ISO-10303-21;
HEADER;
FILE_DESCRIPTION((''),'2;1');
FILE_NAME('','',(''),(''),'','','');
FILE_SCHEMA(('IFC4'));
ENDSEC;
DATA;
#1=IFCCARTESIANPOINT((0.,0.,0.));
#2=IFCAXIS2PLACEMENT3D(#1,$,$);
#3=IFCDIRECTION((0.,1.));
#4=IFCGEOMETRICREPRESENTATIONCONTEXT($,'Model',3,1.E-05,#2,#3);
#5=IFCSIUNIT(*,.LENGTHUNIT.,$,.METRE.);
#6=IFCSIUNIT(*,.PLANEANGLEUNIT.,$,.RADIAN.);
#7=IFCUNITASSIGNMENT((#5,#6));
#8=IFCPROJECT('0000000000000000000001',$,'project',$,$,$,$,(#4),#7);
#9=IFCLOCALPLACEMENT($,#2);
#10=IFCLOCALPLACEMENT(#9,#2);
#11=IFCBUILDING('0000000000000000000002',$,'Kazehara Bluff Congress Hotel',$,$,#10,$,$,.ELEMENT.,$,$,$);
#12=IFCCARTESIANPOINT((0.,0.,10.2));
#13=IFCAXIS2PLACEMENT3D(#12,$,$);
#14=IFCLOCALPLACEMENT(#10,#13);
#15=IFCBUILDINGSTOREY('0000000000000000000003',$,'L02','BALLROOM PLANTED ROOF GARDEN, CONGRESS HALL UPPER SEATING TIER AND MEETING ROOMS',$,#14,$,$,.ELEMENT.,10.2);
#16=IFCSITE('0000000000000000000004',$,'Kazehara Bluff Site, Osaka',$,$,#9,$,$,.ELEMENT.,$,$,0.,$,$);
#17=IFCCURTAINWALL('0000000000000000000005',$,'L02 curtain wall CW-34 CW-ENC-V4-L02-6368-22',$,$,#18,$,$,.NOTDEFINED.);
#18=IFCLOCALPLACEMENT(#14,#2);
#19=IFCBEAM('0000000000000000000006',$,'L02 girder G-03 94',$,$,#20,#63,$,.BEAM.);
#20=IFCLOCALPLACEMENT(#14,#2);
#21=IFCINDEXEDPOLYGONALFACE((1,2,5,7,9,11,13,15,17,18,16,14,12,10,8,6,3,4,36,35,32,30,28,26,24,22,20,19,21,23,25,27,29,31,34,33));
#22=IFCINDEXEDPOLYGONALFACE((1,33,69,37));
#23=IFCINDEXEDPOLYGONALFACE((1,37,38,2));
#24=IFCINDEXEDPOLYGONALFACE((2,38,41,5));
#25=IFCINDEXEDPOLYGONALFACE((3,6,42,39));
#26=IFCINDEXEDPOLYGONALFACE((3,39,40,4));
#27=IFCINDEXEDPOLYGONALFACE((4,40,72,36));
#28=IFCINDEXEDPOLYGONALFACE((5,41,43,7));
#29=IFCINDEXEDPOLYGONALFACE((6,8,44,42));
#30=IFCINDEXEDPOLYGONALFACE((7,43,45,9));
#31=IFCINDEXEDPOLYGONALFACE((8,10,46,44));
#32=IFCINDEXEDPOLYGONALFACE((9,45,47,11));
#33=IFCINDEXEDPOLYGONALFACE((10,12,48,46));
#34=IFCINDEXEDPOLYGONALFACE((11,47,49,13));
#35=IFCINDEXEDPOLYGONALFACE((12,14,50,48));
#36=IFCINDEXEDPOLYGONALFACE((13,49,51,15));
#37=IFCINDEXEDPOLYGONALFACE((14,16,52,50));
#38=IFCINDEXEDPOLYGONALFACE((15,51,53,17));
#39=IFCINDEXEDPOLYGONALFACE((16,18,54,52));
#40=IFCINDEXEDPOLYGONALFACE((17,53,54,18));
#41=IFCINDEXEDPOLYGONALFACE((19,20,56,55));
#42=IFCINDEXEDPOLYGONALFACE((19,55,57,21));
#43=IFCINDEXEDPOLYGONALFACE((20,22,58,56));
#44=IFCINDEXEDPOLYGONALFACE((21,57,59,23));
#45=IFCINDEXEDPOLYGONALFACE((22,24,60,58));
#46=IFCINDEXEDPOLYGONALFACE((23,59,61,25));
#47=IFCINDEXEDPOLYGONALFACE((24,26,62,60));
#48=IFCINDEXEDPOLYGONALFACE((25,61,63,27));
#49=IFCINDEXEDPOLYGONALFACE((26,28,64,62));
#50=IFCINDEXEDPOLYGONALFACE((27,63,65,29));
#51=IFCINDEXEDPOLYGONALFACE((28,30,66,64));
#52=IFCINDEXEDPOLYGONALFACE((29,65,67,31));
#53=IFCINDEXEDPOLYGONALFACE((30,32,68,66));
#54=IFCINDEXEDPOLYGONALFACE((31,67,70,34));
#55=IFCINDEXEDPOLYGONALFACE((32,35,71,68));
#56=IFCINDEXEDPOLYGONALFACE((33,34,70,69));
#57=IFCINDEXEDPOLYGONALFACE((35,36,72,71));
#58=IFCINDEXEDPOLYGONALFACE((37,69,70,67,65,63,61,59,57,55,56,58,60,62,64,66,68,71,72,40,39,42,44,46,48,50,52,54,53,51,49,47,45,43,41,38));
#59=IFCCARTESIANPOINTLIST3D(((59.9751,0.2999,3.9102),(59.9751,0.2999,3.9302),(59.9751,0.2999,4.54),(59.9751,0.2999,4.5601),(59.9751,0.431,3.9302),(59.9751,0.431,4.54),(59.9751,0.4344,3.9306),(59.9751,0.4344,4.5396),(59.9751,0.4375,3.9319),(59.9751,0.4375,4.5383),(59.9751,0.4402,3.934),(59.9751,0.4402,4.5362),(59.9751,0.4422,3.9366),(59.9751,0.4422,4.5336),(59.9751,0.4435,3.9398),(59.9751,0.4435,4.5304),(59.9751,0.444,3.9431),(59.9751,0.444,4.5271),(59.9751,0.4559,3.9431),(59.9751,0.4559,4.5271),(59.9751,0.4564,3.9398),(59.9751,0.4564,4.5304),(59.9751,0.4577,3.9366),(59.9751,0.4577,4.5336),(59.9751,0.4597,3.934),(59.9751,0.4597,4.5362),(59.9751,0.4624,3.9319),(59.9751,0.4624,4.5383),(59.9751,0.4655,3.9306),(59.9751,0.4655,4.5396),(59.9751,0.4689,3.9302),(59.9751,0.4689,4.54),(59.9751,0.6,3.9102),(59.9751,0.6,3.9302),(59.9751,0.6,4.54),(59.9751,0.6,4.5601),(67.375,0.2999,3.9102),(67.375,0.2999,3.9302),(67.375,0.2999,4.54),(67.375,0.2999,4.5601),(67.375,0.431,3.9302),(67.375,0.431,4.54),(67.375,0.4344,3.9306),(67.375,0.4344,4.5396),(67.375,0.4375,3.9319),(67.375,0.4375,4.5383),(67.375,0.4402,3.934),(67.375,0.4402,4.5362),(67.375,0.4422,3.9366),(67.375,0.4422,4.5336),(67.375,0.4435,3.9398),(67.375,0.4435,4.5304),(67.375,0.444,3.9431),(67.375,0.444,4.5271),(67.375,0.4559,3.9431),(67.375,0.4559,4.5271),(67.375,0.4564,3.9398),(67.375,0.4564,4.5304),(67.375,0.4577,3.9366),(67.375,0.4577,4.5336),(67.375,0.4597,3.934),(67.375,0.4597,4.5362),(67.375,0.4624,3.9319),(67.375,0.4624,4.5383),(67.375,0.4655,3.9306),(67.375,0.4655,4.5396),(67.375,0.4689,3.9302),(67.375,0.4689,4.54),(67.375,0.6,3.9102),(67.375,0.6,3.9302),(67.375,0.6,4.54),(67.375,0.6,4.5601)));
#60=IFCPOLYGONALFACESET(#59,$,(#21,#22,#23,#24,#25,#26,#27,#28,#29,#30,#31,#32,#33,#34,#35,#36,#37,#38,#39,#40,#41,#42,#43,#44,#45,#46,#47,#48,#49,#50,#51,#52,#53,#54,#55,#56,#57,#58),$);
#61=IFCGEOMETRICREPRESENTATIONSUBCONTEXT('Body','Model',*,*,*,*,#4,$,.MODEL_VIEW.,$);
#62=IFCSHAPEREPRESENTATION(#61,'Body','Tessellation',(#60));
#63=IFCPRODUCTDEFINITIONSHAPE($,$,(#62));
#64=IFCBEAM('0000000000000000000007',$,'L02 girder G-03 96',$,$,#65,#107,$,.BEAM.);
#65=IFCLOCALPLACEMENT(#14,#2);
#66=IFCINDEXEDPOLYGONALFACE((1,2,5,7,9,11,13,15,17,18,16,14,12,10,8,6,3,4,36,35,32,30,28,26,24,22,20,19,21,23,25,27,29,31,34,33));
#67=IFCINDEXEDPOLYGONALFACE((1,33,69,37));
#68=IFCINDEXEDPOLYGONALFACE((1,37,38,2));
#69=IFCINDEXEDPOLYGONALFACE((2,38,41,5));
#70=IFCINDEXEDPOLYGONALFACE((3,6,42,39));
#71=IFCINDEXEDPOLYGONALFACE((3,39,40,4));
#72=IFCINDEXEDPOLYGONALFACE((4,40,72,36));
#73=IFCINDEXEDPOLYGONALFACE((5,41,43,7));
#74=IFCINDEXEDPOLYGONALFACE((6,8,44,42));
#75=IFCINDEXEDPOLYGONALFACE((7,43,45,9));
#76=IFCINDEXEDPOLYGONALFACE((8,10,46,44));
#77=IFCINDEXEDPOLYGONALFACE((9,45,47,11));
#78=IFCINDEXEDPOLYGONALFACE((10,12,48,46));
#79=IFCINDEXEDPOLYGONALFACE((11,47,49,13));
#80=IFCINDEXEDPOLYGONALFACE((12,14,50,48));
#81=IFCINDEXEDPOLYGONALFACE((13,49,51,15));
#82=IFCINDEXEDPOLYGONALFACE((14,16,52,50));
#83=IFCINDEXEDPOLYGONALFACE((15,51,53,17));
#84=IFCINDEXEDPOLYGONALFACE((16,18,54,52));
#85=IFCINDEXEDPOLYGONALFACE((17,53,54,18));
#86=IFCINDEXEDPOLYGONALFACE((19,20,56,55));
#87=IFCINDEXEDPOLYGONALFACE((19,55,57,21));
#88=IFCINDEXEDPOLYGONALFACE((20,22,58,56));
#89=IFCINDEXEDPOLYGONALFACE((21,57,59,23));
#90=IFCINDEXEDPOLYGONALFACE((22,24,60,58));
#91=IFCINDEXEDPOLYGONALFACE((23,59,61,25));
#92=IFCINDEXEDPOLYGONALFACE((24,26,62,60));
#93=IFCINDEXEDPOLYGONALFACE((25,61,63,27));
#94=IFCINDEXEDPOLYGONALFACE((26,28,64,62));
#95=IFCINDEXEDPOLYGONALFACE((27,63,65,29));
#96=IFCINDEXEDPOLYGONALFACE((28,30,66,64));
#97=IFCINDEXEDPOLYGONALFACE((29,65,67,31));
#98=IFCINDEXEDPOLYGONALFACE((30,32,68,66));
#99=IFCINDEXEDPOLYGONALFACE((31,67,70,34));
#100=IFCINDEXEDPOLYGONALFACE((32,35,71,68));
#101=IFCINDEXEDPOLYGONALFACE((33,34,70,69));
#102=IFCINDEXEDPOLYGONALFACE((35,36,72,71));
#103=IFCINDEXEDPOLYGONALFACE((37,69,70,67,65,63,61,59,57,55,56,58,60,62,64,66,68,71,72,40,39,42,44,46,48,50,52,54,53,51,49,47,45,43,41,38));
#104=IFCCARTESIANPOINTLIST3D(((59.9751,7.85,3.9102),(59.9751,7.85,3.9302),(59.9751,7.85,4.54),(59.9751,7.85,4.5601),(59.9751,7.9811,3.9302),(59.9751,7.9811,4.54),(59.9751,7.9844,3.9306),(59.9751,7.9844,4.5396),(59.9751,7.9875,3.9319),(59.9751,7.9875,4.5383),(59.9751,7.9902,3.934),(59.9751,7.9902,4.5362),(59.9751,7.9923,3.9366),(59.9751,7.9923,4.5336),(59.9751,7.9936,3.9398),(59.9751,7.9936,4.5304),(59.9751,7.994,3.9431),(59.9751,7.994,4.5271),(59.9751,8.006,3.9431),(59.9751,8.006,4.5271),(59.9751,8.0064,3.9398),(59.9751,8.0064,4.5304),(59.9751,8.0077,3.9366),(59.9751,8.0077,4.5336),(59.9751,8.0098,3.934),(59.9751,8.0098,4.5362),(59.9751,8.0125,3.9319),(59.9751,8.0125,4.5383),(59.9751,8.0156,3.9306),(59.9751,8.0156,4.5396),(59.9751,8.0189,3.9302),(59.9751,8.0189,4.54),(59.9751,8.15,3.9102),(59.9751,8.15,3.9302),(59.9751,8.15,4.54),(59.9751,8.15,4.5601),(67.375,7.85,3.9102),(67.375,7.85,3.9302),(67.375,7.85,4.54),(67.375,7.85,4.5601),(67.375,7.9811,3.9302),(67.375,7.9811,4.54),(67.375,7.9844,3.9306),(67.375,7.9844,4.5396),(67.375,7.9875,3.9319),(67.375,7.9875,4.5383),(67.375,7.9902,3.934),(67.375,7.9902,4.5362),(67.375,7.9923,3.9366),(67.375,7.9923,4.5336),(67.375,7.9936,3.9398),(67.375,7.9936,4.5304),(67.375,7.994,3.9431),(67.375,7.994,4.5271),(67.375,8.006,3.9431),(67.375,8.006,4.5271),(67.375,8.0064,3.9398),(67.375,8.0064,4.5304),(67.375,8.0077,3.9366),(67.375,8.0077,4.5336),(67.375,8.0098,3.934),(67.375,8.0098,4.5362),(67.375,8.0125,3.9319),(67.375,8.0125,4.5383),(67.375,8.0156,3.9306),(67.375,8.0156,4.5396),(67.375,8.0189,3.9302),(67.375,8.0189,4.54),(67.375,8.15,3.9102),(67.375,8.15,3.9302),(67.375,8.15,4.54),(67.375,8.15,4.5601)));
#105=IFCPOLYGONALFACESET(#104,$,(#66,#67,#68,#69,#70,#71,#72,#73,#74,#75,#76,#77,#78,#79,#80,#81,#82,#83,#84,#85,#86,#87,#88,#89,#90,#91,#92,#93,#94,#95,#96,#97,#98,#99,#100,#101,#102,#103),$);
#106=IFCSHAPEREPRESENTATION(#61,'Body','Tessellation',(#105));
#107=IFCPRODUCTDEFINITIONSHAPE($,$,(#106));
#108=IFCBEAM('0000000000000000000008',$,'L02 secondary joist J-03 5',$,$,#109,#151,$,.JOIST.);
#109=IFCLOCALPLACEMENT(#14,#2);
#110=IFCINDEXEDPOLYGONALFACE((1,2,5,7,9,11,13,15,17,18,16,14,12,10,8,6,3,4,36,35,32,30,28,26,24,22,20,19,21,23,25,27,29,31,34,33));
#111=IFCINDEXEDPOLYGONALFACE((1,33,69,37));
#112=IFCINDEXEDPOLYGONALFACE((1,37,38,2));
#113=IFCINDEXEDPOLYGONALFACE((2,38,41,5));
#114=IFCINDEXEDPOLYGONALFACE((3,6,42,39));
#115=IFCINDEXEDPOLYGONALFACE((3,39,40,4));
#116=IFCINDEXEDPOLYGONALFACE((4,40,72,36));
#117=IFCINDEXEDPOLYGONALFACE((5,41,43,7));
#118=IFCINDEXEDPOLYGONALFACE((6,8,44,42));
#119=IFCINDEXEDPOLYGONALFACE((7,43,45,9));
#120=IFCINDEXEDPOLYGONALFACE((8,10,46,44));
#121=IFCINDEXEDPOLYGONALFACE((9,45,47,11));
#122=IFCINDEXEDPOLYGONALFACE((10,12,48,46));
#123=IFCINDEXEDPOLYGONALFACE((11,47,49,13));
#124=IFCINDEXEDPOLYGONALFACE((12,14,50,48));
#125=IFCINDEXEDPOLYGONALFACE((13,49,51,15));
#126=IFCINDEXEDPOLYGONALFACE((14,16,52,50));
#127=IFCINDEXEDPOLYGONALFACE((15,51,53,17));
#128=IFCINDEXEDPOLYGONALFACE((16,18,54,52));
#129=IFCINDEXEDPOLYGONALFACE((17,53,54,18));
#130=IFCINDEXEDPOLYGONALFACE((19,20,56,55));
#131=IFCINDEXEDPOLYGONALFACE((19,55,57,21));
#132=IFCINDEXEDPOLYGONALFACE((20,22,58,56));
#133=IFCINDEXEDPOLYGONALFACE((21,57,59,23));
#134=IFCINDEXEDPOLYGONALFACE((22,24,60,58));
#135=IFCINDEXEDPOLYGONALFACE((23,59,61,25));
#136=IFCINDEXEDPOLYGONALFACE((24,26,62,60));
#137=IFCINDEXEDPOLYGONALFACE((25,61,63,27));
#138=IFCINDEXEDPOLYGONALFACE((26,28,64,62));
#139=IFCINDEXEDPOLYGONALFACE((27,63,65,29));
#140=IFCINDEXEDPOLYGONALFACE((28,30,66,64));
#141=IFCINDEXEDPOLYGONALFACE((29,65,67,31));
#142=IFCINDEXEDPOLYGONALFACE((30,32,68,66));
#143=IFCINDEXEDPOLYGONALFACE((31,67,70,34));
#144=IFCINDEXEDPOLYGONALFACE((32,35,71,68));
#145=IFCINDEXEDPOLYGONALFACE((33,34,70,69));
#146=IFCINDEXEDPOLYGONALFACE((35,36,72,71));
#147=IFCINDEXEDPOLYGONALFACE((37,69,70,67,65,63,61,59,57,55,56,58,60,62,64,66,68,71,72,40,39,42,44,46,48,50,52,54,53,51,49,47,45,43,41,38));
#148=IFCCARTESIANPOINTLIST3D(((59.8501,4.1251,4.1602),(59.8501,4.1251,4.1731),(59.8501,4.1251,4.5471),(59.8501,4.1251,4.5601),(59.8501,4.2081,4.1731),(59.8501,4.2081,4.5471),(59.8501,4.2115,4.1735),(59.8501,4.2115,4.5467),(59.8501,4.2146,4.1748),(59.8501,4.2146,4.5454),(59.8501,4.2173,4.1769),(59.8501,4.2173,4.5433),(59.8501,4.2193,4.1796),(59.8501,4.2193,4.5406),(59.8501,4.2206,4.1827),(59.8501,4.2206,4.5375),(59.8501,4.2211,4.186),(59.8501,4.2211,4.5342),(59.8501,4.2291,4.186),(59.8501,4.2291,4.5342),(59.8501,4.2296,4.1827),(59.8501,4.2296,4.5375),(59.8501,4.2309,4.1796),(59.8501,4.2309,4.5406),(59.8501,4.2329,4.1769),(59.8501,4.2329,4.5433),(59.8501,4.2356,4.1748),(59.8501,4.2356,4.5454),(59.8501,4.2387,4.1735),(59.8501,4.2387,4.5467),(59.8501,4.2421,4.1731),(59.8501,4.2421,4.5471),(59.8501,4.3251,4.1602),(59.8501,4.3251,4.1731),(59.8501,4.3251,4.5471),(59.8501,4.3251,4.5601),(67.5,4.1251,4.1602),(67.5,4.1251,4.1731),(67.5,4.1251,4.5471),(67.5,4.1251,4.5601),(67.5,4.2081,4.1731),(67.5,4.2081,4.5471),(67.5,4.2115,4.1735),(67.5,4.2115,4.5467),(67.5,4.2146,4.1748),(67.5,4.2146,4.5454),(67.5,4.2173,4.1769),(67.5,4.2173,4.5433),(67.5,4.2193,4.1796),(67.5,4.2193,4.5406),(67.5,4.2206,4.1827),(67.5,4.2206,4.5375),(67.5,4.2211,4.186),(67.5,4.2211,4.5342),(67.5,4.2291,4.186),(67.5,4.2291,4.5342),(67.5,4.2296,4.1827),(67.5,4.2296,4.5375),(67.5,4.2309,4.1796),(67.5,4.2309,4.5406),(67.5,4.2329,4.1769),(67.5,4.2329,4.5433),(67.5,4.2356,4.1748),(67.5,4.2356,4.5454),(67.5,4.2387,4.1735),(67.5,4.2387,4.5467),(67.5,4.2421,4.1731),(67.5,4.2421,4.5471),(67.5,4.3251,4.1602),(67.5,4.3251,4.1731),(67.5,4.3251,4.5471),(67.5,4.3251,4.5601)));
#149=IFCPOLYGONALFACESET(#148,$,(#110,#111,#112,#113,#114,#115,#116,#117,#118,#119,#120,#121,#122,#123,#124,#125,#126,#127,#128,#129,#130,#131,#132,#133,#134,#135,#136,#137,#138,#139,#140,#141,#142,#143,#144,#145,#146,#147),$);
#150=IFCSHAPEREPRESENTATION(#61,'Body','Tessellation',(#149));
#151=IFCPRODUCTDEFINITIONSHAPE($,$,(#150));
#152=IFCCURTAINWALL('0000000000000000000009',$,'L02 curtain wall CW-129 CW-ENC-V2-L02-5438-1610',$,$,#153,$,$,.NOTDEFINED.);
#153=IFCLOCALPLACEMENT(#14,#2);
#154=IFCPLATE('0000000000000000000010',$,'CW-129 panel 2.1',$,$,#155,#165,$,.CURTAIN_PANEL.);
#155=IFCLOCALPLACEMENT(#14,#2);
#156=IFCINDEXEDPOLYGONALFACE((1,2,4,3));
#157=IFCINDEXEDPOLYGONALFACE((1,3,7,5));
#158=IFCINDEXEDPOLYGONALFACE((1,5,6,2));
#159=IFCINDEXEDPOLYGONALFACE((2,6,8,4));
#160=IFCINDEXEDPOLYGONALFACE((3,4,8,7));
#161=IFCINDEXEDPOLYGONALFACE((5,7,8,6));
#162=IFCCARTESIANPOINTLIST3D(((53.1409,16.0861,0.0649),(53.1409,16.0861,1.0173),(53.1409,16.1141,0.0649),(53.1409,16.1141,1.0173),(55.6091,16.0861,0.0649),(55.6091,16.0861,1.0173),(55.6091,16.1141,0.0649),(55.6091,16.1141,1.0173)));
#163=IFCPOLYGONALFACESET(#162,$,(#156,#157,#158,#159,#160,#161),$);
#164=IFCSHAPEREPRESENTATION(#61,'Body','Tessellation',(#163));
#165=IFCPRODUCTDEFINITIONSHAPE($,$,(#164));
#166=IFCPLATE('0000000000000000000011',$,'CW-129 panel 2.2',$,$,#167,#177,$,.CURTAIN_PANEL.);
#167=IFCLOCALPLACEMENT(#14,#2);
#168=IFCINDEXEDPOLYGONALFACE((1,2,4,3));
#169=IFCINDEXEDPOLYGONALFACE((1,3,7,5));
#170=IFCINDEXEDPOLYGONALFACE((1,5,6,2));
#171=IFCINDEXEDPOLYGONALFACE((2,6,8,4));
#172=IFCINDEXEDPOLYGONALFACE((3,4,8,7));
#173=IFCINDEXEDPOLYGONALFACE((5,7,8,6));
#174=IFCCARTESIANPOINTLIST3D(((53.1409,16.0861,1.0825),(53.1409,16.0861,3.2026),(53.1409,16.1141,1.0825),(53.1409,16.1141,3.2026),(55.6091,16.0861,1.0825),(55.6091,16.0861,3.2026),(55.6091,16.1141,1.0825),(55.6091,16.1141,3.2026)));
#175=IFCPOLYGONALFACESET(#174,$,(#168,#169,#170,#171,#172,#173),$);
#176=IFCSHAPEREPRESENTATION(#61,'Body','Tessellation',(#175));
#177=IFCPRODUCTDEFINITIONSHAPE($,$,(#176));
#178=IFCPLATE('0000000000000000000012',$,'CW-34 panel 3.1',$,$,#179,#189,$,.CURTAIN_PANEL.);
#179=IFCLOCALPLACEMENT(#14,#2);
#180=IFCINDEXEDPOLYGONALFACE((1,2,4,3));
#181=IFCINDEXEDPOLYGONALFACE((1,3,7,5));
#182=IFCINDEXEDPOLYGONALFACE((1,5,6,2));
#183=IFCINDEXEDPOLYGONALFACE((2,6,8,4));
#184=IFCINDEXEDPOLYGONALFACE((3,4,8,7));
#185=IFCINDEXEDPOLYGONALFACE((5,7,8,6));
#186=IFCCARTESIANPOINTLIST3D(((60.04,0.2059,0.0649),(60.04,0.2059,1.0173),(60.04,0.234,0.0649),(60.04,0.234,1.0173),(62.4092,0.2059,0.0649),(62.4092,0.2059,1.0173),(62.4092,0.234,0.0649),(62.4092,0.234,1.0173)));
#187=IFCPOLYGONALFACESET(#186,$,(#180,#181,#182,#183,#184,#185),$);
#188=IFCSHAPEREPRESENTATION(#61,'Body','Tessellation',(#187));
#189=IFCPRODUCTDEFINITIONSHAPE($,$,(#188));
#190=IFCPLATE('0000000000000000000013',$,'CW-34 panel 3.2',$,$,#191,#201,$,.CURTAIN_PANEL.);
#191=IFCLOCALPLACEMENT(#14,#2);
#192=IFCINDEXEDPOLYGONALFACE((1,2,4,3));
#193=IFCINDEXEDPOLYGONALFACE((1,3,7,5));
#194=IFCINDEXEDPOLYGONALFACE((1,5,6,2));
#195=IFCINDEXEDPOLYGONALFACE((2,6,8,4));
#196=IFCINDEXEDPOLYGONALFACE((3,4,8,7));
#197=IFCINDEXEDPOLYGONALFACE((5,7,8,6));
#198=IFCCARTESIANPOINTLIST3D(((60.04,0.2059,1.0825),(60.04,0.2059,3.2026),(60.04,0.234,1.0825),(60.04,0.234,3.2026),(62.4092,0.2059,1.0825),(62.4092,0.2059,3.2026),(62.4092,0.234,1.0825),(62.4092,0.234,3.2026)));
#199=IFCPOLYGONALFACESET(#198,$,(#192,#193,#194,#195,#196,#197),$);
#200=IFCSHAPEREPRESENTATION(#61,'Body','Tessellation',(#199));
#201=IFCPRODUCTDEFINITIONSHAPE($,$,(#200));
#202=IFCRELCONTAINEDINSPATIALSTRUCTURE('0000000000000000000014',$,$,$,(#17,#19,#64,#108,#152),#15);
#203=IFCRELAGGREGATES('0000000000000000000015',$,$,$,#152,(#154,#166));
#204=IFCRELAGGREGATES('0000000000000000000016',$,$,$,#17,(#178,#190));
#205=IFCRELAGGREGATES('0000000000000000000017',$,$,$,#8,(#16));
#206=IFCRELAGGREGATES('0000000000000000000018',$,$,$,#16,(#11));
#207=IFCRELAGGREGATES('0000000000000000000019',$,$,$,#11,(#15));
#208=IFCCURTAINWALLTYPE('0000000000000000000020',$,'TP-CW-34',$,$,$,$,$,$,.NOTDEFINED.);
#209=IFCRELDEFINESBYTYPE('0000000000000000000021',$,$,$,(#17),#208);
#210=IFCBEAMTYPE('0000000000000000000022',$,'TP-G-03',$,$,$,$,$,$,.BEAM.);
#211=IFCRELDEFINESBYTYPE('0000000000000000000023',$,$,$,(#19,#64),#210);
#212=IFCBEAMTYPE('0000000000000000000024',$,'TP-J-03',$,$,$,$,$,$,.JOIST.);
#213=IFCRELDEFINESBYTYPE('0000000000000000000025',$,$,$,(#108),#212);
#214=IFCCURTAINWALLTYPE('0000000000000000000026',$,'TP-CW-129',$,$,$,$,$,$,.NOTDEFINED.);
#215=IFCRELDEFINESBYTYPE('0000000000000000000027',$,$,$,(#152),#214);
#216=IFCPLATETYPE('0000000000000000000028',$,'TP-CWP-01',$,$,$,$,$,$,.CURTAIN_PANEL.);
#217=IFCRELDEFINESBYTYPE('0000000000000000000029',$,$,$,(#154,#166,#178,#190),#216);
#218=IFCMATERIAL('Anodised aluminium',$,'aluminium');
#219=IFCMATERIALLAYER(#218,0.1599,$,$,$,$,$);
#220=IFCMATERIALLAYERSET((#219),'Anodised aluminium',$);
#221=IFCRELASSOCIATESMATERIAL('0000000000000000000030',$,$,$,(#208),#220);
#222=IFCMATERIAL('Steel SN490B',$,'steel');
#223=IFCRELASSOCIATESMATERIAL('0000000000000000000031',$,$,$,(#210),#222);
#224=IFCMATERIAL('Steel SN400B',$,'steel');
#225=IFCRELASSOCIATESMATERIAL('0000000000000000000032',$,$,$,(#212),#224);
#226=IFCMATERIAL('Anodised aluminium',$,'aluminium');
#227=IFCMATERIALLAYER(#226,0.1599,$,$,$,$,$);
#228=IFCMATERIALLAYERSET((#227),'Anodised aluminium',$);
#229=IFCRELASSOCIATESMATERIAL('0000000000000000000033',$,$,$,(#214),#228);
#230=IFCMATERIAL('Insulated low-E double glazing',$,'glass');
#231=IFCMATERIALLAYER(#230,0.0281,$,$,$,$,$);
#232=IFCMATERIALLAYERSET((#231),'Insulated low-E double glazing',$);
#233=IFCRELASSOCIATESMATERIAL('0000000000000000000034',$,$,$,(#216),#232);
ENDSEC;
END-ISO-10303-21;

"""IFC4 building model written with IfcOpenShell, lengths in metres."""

from ifc_helpers import new_model, si_unit, direction, frame, origin, origin_2d, place, context, subcontext, project, spatial, rectangle, i_section, extrude, material, layer, layer_set, material_profile, profile_set, type_object, element, aggregate, save


model = new_model("IFC4")

# Units and contexts
model_context = context("Model", 3, precision=1e-05, world=origin(), true_north=direction((0.0, 1.0)))
body_context = subcontext(model_context, "Body", "Model", "MODEL_VIEW")
ifc_project = project(units=[si_unit("LENGTHUNIT", "METRE"), si_unit("PLANEANGLEUNIT", "RADIAN")], contexts=[model_context])

# Site, building, storey
site_placement = place(None, origin())
site = spatial("IfcSite", under=ifc_project, at=site_placement, Name="Kazehara Bluff Site, Osaka", CompositionType="ELEMENT", RefElevation=0.0)
building_placement = place(site_placement, origin())
building = spatial("IfcBuilding", under=site, at=building_placement, Name="Kazehara Bluff Congress Hotel", CompositionType="ELEMENT")
storey_placement = place(building_placement, frame((0.0, 0.0, 10.2)))
storey = spatial("IfcBuildingStorey", under=building, at=storey_placement, Name="L02", Description="BALLROOM PLANTED ROOF GARDEN, CONGRESS HALL UPPER SEATING TIER AND MEETING ROOMS", CompositionType="ELEMENT", Elevation=10.2)

# Curtain wall
ifc_material_1 = material(Name="Anodised aluminium", Category="aluminium")
ifc_layer_1 = layer(ifc_material_1, 0.1599)
ifc_layer_set_1 = layer_set([ifc_layer_1], Name="Anodised aluminium")
curtain_wall_type_1 = type_object("IfcCurtainWallType", Name="TP-CW-34", PredefinedType="NOTDEFINED", material=ifc_layer_set_1)
curtain_wall_1_placement = place(storey_placement, origin())
curtain_wall_1 = element("IfcCurtainWall", 1, at=curtain_wall_1_placement, inside=storey, type_object=curtain_wall_type_1, Name="L02 curtain wall CW-34 CW-ENC-V4-L02-6368-22", PredefinedType="NOTDEFINED")

# Beams
ifc_material_2 = material(Name="Steel SN490B", Category="steel")
ifc_material_profile_1 = material_profile(ifc_material_2, i_section(OverallWidth=0.3, OverallDepth=0.6499, WebThickness=0.012, FlangeThickness=0.02, FilletRadius=0.0129, at=origin_2d()))
ifc_profile_set_1 = profile_set([ifc_material_profile_1], Name="Steel SN490B")
beam_type_1 = type_object("IfcBeamType", Name="TP-G-03", PredefinedType="BEAM", material=ifc_profile_set_1)
for number, where, z_axis, x_axis, name in (
    (2, (59.9751, 0.45, 4.2351), (1.0, 0.0, 0.0), (0.0, 1.0, 0.0), "L02 girder G-03 94"),
    (3, (59.9751, 8.0, 4.2351), (1.0, 0.0, 0.0), (0.0, 1.0, 0.0), "L02 girder G-03 96"),
):
    element("IfcBeam", number, at=place(storey_placement, frame(where, z_axis=z_axis, x_axis=x_axis)), inside=storey, type_object=beam_type_1, Name=name, PredefinedType="BEAM", context=body_context, shape_type="SweptSolid", body=[
        extrude(i_section(OverallWidth=0.3, OverallDepth=0.6499, WebThickness=0.012, FlangeThickness=0.02, FilletRadius=0.0129, at=origin_2d()), origin(), (0.0, 0.0, 1.0), 7.3999),
    ])
ifc_material_3 = material(Name="Steel SN400B", Category="steel")
ifc_material_profile_2 = material_profile(ifc_material_3, i_section(OverallWidth=0.2, OverallDepth=0.3999, WebThickness=0.0081, FlangeThickness=0.0129, FilletRadius=0.0129, at=origin_2d()))
ifc_profile_set_2 = profile_set([ifc_material_profile_2], Name="Steel SN400B")
beam_type_2 = type_object("IfcBeamType", Name="TP-J-03", PredefinedType="JOIST", material=ifc_profile_set_2)
beam_1_placement = place(storey_placement, frame((59.8501, 4.2251, 4.3601), z_axis=(1.0, 0.0, 0.0), x_axis=(0.0, 1.0, 0.0)))
element("IfcBeam", 4, at=beam_1_placement, inside=storey, type_object=beam_type_2, Name="L02 secondary joist J-03 5", PredefinedType="JOIST", context=body_context, shape_type="SweptSolid", body=[
    extrude(i_section(OverallWidth=0.2, OverallDepth=0.3999, WebThickness=0.0081, FlangeThickness=0.0129, FilletRadius=0.0129, at=origin_2d()), origin(), (0.0, 0.0, 1.0), 7.6499),
])

# Curtain wall, plates
ifc_material_4 = material(Name="Anodised aluminium", Category="aluminium")
ifc_layer_2 = layer(ifc_material_4, 0.1599)
ifc_layer_set_2 = layer_set([ifc_layer_2], Name="Anodised aluminium")
curtain_wall_type_2 = type_object("IfcCurtainWallType", Name="TP-CW-129", PredefinedType="NOTDEFINED", material=ifc_layer_set_2)
curtain_wall_2_placement = place(storey_placement, origin())
curtain_wall_2 = element("IfcCurtainWall", 5, at=curtain_wall_2_placement, inside=storey, type_object=curtain_wall_type_2, Name="L02 curtain wall CW-129 CW-ENC-V2-L02-5438-1610", PredefinedType="NOTDEFINED")
ifc_material_5 = material(Name="Insulated low-E double glazing", Category="glass")
ifc_layer_3 = layer(ifc_material_5, 0.0281)
ifc_layer_set_3 = layer_set([ifc_layer_3], Name="Insulated low-E double glazing")
plate_type = type_object("IfcPlateType", Name="TP-CWP-01", PredefinedType="CURTAIN_PANEL", material=ifc_layer_set_3)
plate_1_placement = place(storey_placement, frame((54.375, 16.1001, 0.0649), z_axis=(0.0, 0.0, 1.0), x_axis=(-1.0, 0.0, 0.0)))
plate_1 = element("IfcPlate", 6, at=plate_1_placement, type_object=plate_type, Name="CW-129 panel 2.1", PredefinedType="CURTAIN_PANEL", context=body_context, shape_type="SweptSolid", body=[
    extrude(rectangle(XDim=2.4683, YDim=0.0281, at=origin_2d()), origin(), (0.0, 0.0, 1.0), 0.9524),
])
plate_2_placement = place(storey_placement, frame((54.375, 16.1001, 1.0825), z_axis=(0.0, 0.0, 1.0), x_axis=(-1.0, 0.0, 0.0)))
plate_2 = element("IfcPlate", 7, at=plate_2_placement, type_object=plate_type, Name="CW-129 panel 2.2", PredefinedType="CURTAIN_PANEL", context=body_context, shape_type="SweptSolid", body=[
    extrude(rectangle(XDim=2.4683, YDim=0.0281, at=origin_2d()), origin(), (0.0, 0.0, 1.0), 2.1201),
])
aggregate(curtain_wall_2, [plate_1, plate_2])

# Plates
plate_3_placement = place(storey_placement, frame((61.2246, 0.22, 0.0649), z_axis=(0.0, 0.0, 1.0), x_axis=(-1.0, 0.0, 0.0)))
plate_3 = element("IfcPlate", 8, at=plate_3_placement, type_object=plate_type, Name="CW-34 panel 3.1", PredefinedType="CURTAIN_PANEL", context=body_context, shape_type="SweptSolid", body=[
    extrude(rectangle(XDim=2.3691, YDim=0.0281, at=origin_2d()), origin(), (0.0, 0.0, 1.0), 0.9524),
])
plate_4_placement = place(storey_placement, frame((61.2246, 0.22, 1.0825), z_axis=(0.0, 0.0, 1.0), x_axis=(-1.0, 0.0, 0.0)))
plate_4 = element("IfcPlate", 9, at=plate_4_placement, type_object=plate_type, Name="CW-34 panel 3.2", PredefinedType="CURTAIN_PANEL", context=body_context, shape_type="SweptSolid", body=[
    extrude(rectangle(XDim=2.3691, YDim=0.0281, at=origin_2d()), origin(), (0.0, 0.0, 1.0), 2.1201),
])
aggregate(curtain_wall_1, [plate_3, plate_4])

save(model, "model.ifc")
